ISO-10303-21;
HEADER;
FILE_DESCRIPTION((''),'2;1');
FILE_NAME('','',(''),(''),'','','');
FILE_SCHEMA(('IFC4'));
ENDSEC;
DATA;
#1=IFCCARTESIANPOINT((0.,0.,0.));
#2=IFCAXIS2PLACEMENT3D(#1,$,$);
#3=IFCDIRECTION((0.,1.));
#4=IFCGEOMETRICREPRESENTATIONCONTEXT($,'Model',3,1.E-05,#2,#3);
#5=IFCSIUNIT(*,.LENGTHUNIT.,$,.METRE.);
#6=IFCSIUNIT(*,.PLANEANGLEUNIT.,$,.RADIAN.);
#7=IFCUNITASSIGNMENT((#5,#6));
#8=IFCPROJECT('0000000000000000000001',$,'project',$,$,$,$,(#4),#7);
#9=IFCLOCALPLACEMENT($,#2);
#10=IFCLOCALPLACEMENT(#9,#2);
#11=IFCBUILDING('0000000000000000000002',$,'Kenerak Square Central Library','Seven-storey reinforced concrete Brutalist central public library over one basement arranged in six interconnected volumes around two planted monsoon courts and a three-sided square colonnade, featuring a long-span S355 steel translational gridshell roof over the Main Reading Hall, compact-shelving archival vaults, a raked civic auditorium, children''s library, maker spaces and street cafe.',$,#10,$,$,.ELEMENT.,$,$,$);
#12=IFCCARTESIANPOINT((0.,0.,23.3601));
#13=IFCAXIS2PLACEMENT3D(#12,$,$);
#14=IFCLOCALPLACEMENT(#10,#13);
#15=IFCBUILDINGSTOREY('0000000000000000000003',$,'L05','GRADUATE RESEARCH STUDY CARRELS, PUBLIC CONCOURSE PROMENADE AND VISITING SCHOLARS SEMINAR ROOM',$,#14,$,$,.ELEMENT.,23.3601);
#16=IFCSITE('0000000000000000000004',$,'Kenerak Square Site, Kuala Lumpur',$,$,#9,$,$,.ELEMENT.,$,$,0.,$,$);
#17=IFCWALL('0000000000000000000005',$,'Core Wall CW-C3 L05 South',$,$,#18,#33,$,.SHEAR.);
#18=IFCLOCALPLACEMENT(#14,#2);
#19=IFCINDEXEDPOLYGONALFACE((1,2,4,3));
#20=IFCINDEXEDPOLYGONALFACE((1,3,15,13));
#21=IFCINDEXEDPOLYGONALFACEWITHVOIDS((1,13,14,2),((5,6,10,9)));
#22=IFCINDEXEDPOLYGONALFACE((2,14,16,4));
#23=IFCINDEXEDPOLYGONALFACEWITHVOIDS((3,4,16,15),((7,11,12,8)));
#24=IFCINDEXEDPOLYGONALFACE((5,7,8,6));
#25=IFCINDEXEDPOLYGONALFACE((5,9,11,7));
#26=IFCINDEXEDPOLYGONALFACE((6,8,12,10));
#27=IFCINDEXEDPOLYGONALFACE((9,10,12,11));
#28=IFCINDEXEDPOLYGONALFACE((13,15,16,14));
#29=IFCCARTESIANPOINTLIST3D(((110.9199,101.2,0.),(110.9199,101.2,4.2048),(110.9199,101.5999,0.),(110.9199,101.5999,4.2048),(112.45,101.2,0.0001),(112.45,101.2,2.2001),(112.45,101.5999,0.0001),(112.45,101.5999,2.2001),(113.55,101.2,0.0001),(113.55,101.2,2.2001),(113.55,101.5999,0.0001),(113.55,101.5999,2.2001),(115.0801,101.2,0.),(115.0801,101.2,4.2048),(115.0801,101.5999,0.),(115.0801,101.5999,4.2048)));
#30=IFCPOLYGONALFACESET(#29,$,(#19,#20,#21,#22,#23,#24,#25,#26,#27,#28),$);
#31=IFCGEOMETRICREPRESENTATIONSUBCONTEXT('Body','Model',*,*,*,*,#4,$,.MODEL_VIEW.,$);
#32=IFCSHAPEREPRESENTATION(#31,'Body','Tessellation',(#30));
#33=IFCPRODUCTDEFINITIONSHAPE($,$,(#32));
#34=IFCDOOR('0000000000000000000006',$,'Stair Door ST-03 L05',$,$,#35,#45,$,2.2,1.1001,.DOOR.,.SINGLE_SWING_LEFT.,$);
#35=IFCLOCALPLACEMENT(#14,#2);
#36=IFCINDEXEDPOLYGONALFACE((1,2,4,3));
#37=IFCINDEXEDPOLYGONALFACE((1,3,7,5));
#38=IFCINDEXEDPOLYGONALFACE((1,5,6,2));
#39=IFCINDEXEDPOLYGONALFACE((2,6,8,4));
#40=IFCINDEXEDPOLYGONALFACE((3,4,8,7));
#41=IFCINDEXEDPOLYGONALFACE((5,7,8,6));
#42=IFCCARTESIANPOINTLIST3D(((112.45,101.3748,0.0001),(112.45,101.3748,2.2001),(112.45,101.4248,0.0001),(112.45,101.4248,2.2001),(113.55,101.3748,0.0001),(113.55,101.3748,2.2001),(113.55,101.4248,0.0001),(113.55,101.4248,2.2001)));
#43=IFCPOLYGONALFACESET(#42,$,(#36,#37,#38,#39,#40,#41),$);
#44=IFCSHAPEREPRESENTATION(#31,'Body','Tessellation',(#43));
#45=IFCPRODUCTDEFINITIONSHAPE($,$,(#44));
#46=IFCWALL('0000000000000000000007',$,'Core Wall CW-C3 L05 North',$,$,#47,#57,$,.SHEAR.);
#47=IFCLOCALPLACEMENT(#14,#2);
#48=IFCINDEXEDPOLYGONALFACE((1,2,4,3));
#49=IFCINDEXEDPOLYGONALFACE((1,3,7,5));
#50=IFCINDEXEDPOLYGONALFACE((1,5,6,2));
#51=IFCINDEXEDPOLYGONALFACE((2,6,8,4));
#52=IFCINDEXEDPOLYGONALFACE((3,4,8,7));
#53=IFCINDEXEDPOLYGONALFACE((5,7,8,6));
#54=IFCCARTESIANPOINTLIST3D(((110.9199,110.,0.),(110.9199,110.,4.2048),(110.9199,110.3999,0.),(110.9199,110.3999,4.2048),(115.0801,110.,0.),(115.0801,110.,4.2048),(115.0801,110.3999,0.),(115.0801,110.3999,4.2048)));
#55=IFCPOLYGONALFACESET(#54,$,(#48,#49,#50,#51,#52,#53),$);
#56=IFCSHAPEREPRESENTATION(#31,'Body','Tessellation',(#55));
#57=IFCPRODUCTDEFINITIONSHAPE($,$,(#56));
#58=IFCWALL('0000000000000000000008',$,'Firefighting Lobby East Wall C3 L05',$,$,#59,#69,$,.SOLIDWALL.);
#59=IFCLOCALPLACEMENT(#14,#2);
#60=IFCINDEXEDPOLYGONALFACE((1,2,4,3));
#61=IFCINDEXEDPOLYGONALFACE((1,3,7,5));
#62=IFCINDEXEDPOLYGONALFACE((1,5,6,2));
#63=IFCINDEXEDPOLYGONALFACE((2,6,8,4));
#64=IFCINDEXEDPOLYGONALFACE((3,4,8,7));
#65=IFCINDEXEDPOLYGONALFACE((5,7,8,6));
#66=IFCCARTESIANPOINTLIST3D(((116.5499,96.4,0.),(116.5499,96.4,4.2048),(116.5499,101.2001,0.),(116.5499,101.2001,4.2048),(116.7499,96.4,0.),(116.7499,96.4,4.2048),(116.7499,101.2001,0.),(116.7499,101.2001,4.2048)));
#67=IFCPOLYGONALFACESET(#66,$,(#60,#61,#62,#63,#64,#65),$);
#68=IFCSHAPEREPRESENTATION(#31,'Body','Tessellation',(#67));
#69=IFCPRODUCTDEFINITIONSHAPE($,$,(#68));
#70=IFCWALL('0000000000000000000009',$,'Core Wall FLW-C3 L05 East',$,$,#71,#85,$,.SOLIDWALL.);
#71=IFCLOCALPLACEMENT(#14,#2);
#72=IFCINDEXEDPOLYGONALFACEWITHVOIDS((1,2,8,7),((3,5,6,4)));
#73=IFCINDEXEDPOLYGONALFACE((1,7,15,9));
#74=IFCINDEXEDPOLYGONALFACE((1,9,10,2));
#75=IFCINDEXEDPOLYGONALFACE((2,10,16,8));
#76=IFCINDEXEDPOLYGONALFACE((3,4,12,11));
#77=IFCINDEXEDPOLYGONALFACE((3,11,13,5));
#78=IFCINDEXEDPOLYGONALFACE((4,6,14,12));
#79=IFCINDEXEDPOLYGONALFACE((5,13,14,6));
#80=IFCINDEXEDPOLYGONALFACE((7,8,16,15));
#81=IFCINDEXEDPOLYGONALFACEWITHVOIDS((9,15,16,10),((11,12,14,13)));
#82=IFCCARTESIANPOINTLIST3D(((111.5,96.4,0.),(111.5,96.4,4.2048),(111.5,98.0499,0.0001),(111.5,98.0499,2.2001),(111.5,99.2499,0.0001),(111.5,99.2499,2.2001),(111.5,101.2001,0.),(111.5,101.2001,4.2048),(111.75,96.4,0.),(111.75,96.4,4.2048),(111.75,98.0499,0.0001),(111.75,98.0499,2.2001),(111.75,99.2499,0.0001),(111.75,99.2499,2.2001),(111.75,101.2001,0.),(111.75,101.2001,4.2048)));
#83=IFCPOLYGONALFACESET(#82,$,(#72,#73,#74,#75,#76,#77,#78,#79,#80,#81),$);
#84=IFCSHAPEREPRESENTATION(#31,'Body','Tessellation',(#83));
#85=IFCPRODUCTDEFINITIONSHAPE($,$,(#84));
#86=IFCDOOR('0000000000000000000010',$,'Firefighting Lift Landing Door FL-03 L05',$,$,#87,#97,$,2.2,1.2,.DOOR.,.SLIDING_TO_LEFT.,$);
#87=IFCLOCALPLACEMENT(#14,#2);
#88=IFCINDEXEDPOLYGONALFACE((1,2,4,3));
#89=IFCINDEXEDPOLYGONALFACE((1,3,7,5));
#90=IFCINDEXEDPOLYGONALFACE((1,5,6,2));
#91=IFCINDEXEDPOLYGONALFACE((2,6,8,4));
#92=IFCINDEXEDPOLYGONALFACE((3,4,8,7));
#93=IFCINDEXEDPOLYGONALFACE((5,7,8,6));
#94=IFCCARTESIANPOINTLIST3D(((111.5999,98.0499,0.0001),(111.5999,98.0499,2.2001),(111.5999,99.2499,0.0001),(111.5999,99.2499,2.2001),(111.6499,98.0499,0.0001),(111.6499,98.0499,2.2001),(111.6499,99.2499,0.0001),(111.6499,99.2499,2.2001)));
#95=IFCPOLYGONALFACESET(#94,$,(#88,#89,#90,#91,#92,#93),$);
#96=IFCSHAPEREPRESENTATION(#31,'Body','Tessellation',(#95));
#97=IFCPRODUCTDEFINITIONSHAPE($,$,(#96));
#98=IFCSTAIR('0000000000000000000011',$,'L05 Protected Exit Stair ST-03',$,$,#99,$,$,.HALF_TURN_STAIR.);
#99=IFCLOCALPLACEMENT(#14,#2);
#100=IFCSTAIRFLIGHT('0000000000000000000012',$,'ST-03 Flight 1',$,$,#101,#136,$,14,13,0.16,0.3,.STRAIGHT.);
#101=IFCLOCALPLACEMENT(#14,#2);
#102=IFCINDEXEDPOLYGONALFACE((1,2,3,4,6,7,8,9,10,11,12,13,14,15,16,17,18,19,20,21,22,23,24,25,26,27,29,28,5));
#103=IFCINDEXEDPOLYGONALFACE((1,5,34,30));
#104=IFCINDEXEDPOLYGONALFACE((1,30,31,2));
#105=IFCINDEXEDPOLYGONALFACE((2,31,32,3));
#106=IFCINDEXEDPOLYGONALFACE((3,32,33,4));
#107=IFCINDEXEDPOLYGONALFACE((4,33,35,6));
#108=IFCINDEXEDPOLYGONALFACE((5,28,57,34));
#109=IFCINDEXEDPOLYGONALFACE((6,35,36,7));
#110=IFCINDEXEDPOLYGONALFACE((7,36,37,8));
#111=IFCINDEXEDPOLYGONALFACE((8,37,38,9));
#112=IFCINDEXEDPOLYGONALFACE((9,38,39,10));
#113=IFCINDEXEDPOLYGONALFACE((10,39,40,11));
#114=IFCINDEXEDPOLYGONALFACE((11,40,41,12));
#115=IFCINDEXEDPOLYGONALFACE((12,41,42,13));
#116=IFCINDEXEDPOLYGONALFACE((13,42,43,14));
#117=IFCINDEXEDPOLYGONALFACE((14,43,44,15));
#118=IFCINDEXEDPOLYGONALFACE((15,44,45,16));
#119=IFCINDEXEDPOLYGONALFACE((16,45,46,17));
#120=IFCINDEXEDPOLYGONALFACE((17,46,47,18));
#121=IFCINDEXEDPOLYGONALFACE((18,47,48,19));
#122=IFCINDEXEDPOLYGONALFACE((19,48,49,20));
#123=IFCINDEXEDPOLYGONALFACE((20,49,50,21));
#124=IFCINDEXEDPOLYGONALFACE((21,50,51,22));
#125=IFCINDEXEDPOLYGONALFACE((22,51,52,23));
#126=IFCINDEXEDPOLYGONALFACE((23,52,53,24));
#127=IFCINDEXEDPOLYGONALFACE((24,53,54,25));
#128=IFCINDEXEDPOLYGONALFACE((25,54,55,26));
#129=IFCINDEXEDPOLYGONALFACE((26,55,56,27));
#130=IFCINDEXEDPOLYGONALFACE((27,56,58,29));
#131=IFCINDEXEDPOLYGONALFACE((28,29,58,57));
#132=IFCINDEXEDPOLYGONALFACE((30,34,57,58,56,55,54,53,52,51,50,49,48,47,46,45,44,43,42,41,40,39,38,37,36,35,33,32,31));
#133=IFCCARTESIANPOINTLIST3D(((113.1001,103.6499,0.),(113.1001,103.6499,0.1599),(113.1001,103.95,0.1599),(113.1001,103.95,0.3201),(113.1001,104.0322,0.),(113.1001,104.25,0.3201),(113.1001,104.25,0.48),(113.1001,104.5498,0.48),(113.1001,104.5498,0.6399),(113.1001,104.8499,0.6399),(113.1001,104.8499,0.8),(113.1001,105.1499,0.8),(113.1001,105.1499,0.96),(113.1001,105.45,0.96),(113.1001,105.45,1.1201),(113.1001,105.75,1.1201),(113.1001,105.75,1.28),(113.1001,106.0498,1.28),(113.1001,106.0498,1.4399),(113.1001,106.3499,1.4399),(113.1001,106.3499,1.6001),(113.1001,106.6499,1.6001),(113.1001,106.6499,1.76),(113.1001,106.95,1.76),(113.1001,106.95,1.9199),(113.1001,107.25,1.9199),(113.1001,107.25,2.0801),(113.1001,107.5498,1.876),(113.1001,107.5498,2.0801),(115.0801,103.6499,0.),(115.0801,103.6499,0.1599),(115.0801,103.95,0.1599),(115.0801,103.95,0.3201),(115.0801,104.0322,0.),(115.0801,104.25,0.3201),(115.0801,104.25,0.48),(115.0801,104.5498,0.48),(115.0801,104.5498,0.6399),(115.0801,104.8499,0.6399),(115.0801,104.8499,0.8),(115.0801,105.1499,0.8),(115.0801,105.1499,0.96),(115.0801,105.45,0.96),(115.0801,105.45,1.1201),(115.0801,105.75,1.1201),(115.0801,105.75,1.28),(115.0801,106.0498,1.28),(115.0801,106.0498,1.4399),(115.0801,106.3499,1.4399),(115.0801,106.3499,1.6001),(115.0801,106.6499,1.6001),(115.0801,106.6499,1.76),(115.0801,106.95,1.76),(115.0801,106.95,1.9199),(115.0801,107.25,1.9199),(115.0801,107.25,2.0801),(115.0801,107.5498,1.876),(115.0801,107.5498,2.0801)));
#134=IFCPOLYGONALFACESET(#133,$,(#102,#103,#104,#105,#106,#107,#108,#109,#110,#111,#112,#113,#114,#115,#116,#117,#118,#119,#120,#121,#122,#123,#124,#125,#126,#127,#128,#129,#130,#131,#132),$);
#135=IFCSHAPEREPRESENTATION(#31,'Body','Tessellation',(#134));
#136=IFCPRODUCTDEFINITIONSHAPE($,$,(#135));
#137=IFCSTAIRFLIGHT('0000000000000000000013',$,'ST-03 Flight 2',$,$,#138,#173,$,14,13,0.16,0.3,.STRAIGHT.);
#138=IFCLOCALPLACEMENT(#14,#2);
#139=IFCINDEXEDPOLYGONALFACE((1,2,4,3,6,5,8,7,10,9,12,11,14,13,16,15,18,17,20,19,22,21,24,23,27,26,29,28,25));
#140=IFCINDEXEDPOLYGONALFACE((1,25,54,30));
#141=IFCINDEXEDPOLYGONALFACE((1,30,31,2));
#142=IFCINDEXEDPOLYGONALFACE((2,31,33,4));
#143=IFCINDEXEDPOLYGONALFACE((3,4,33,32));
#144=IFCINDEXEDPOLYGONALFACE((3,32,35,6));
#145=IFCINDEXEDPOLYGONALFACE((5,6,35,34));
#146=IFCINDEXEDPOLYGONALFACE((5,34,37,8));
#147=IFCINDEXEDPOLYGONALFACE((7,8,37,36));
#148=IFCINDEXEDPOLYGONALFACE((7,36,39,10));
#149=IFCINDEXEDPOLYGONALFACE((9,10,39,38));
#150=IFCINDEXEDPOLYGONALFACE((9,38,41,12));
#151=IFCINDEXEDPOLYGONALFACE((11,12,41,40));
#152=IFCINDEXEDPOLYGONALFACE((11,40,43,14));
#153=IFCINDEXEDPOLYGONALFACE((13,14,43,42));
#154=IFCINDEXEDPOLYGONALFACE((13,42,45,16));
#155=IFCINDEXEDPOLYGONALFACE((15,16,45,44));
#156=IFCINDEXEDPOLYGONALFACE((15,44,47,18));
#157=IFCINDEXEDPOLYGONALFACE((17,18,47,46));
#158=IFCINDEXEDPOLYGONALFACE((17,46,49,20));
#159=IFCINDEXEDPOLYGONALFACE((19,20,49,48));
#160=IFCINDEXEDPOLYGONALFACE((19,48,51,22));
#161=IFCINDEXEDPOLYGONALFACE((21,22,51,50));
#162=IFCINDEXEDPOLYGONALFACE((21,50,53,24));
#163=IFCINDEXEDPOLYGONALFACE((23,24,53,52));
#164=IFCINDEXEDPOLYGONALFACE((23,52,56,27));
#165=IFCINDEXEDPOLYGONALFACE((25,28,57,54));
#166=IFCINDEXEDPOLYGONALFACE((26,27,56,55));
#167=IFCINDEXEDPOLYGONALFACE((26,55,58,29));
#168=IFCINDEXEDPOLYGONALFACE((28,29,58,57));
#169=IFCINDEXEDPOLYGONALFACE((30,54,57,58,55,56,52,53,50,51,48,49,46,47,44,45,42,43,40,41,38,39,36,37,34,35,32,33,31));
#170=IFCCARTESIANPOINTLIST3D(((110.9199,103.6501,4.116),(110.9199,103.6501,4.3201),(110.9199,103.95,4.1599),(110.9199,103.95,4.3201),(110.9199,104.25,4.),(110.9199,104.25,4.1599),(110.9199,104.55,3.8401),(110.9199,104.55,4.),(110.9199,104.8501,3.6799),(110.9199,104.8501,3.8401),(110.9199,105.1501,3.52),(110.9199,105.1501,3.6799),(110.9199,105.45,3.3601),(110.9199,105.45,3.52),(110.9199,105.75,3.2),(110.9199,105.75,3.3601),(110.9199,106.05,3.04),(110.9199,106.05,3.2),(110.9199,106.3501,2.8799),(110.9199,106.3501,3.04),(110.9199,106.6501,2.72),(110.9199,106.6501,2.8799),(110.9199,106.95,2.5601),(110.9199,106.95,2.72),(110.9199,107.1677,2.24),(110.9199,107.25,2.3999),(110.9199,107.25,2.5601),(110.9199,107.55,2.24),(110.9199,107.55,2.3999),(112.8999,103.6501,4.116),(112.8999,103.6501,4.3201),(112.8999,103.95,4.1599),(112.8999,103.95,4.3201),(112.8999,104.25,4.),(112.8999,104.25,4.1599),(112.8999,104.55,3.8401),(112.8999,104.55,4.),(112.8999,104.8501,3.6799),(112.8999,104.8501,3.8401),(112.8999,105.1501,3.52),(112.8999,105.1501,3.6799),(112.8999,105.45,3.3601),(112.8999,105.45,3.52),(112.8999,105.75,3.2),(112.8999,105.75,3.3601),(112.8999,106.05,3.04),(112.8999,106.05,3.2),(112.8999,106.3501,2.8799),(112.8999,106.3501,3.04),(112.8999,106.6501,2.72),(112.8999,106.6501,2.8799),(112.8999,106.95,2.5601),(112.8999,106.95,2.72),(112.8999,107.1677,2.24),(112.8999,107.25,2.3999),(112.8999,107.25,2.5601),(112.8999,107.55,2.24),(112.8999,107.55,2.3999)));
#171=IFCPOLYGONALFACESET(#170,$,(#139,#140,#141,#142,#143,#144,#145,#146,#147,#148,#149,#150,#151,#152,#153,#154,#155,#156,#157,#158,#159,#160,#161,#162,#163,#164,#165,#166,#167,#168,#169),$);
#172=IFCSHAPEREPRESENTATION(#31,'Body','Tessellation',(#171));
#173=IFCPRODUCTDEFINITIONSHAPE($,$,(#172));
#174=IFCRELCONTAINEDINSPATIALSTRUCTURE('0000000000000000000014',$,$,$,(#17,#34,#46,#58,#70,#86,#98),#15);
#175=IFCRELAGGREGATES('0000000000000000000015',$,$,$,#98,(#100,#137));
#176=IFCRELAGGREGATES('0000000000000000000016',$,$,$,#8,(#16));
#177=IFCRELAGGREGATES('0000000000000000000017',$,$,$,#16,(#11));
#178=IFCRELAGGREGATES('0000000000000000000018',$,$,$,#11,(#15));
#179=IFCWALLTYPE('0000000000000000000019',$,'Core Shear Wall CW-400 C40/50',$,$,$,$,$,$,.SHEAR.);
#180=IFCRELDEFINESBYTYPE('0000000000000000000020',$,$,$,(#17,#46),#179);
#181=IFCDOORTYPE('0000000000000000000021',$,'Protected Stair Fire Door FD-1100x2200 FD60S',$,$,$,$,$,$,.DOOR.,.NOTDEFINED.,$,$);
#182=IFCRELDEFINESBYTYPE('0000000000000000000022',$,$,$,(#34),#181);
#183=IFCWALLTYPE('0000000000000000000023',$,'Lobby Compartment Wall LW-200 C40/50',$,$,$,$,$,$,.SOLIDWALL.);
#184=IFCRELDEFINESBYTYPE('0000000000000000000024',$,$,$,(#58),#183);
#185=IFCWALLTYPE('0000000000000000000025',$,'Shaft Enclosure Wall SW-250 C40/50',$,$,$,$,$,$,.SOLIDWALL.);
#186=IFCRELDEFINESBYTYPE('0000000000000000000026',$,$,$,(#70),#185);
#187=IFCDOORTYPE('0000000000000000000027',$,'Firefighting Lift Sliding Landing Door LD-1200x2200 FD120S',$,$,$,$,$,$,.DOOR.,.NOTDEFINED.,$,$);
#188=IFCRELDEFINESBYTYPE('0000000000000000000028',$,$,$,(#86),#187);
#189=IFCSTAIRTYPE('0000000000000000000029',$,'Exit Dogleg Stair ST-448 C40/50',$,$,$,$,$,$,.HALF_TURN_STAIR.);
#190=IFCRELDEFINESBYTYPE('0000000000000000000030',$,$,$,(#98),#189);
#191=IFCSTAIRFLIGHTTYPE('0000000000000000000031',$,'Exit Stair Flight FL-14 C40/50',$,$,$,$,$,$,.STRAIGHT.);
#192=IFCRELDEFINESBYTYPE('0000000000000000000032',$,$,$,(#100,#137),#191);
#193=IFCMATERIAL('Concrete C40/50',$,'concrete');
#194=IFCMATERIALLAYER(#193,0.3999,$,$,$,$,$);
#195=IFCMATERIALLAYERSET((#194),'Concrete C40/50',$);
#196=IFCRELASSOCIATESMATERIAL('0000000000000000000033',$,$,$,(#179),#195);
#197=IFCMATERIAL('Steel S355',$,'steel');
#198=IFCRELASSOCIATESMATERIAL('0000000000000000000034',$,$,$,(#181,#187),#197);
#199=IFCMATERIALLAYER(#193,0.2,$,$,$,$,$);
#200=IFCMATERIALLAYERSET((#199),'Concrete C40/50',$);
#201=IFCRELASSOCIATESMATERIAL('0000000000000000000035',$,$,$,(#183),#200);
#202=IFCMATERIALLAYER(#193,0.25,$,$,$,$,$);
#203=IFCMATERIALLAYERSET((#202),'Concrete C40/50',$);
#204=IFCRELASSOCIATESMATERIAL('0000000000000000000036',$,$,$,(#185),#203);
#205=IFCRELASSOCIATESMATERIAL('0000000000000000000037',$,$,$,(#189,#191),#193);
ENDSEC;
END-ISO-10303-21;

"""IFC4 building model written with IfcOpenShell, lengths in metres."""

from ifc_helpers import new_model, si_unit, direction, frame, frame_2d, origin, place, context, subcontext, project, spatial, polyline, rectangle, outline, extrude, material, layer, layer_set, type_object, element, fill, aggregate, save


model = new_model("IFC4")

# Units and contexts
model_context = context("Model", 3, precision=1e-05, world=origin(), true_north=direction((0.0, 1.0)))
body_context = subcontext(model_context, "Body", "Model", "MODEL_VIEW")
ifc_project = project(units=[si_unit("LENGTHUNIT", "METRE"), si_unit("PLANEANGLEUNIT", "RADIAN")], contexts=[model_context])

# Site, building, storey
site_placement = place(None, origin())
site = spatial("IfcSite", under=ifc_project, at=site_placement, Name="Kenerak Square Site, Kuala Lumpur", CompositionType="ELEMENT", RefElevation=0.0)
building_placement = place(site_placement, origin())
building = spatial("IfcBuilding", under=site, at=building_placement, Name="Kenerak Square Central Library", Description="Seven-storey reinforced concrete Brutalist central public library over one basement arranged in six interconnected volumes around two planted monsoon courts and a three-sided square colonnade, featuring a long-span S355 steel translational gridshell roof over the Main Reading Hall, compact-shelving archival vaults, a raked civic auditorium, children's library, maker spaces and street cafe.", CompositionType="ELEMENT")
storey_placement = place(building_placement, frame((0.0, 0.0, 23.3601)))
storey = spatial("IfcBuildingStorey", under=building, at=storey_placement, Name="L05", Description="GRADUATE RESEARCH STUDY CARRELS, PUBLIC CONCOURSE PROMENADE AND VISITING SCHOLARS SEMINAR ROOM", CompositionType="ELEMENT", Elevation=23.3601)

# Shared definitions
ifc_material_1 = material(Name="Concrete C40/50", Category="concrete")

# Shared definitions
ifc_layer_1 = layer(ifc_material_1, 0.3999)
ifc_layer_set_1 = layer_set([ifc_layer_1], Name="Concrete C40/50")
wall_type_1 = type_object("IfcWallType", Name="Core Shear Wall CW-400 C40/50", PredefinedType="SHEAR", material=ifc_layer_set_1)

# Wall, opening, door
wall_1_placement = place(storey_placement, frame((115.0801, 101.3999, 0.0), z_axis=(0.0, 0.0, 1.0), x_axis=(-1.0, 0.0, 0.0)))
wall_1 = element("IfcWall", 1, at=wall_1_placement, inside=storey, type_object=wall_type_1, Name="Core Wall CW-C3 L05 South", PredefinedType="SHEAR", context=body_context, shape_type="SweptSolid", body=[
    extrude(rectangle(XDim=4.1602, YDim=0.3999, at=frame_2d((2.0801, 0.0))), origin(), (0.0, 0.0, 1.0), 4.2048),
])
opening_1_placement = place(wall_1_placement, frame((1.53, 0.0, 0.0)))
opening_1 = element("IfcOpeningElement", 2, at=opening_1_placement, cuts=wall_1, PredefinedType="OPENING", context=body_context, shape_type="SweptSolid", body=[
    extrude(rectangle(XDim=1.1001, YDim=2.2, at=frame_2d((0.55, 1.1001))), frame((0.0, 0.21, 0.0), z_axis=(0.0, -1.0, 0.0), x_axis=(1.0, 0.0, 0.0)), (0.0, 0.0, 1.0), 0.4199),
])
ifc_material_2 = material(Name="Steel S355", Category="steel")
door_type_1 = type_object("IfcDoorType", Name="Protected Stair Fire Door FD-1100x2200 FD60S", OperationType="NOTDEFINED", PredefinedType="DOOR", material=ifc_material_2)
door_1_placement = place(opening_1_placement, frame((1.1001, 0.0, 0.0), z_axis=(0.0, 0.0, 1.0), x_axis=(-1.0, 0.0, 0.0)))
door_1 = element("IfcDoor", 3, at=door_1_placement, inside=storey, type_object=door_type_1, Name="Stair Door ST-03 L05", OperationType="SINGLE_SWING_LEFT", OverallHeight=2.2, OverallWidth=1.1001, PredefinedType="DOOR", context=body_context, shape_type="SweptSolid", body=[
    extrude(rectangle(XDim=1.1001, YDim=2.2, at=frame_2d((0.55, 1.1001))), frame((0.0, 0.0249, 0.0), z_axis=(0.0, -1.0, 0.0), x_axis=(1.0, 0.0, 0.0)), (0.0, 0.0, 1.0), 0.05),
])
fill(opening_1, door_1)

# Walls
wall_2_placement = place(storey_placement, frame((110.9199, 110.2, 0.0), z_axis=(0.0, 0.0, 1.0), x_axis=(1.0, 0.0, 0.0)))
element("IfcWall", 4, at=wall_2_placement, inside=storey, type_object=wall_type_1, Name="Core Wall CW-C3 L05 North", PredefinedType="SHEAR", context=body_context, shape_type="SweptSolid", body=[
    extrude(rectangle(XDim=4.1602, YDim=0.3999, at=frame_2d((2.0801, 0.0))), origin(), (0.0, 0.0, 1.0), 4.2048),
])
ifc_layer_2 = layer(ifc_material_1, 0.2)
ifc_layer_set_2 = layer_set([ifc_layer_2], Name="Concrete C40/50")
wall_type_2 = type_object("IfcWallType", Name="Lobby Compartment Wall LW-200 C40/50", PredefinedType="SOLIDWALL", material=ifc_layer_set_2)
wall_3_placement = place(storey_placement, frame((116.6499, 101.2, 0.0), z_axis=(0.0, 0.0, 1.0), x_axis=(0.0, -1.0, 0.0)))
element("IfcWall", 5, at=wall_3_placement, inside=storey, type_object=wall_type_2, Name="Firefighting Lobby East Wall C3 L05", PredefinedType="SOLIDWALL", context=body_context, shape_type="SweptSolid", body=[
    extrude(rectangle(XDim=4.8, YDim=0.2, at=frame_2d((2.3999, 0.0))), origin(), (0.0, 0.0, 1.0), 4.2048),
])

# Wall, opening, door
ifc_layer_3 = layer(ifc_material_1, 0.25)
ifc_layer_set_3 = layer_set([ifc_layer_3], Name="Concrete C40/50")
wall_type_3 = type_object("IfcWallType", Name="Shaft Enclosure Wall SW-250 C40/50", PredefinedType="SOLIDWALL", material=ifc_layer_set_3)
wall_4_placement = place(storey_placement, frame((111.625, 101.2, 0.0), z_axis=(0.0, 0.0, 1.0), x_axis=(0.0, -1.0, 0.0)))
wall_4 = element("IfcWall", 6, at=wall_4_placement, inside=storey, type_object=wall_type_3, Name="Core Wall FLW-C3 L05 East", PredefinedType="SOLIDWALL", context=body_context, shape_type="SweptSolid", body=[
    extrude(rectangle(XDim=4.8, YDim=0.25, at=frame_2d((2.3999, 0.0))), origin(), (0.0, 0.0, 1.0), 4.2048),
])
opening_2_placement = place(wall_4_placement, frame((1.95, 0.0, 0.0)))
opening_2 = element("IfcOpeningElement", 7, at=opening_2_placement, cuts=wall_4, PredefinedType="OPENING", context=body_context, shape_type="SweptSolid", body=[
    extrude(rectangle(XDim=1.2, YDim=2.2, at=frame_2d((0.6001, 1.1001))), frame((0.0, 0.135, 0.0), z_axis=(0.0, -1.0, 0.0), x_axis=(1.0, 0.0, 0.0)), (0.0, 0.0, 1.0), 0.27),
])
door_type_2 = type_object("IfcDoorType", Name="Firefighting Lift Sliding Landing Door LD-1200x2200 FD120S", OperationType="NOTDEFINED", PredefinedType="DOOR", material=ifc_material_2)
door_2_placement = place(opening_2_placement, origin())
door_2 = element("IfcDoor", 8, at=door_2_placement, inside=storey, type_object=door_type_2, Name="Firefighting Lift Landing Door FL-03 L05", OperationType="SLIDING_TO_LEFT", OverallHeight=2.2, OverallWidth=1.2, PredefinedType="DOOR", context=body_context, shape_type="SweptSolid", body=[
    extrude(rectangle(XDim=1.2, YDim=2.2, at=frame_2d((0.6001, 1.1001))), frame((0.0, 0.0249, 0.0), z_axis=(0.0, -1.0, 0.0), x_axis=(1.0, 0.0, 0.0)), (0.0, 0.0, 1.0), 0.05),
])
fill(opening_2, door_2)

# Stair, stair flights
stair_type = type_object("IfcStairType", Name="Exit Dogleg Stair ST-448 C40/50", PredefinedType="HALF_TURN_STAIR", material=ifc_material_1)
stair_placement = place(storey_placement, origin())
stair = element("IfcStair", 9, at=stair_placement, inside=storey, type_object=stair_type, Name="L05 Protected Exit Stair ST-03", PredefinedType="HALF_TURN_STAIR")
stair_flight_type = type_object("IfcStairFlightType", Name="Exit Stair Flight FL-14 C40/50", PredefinedType="STRAIGHT", material=ifc_material_1)
stair_flight_1_placement = place(storey_placement, frame((114.0901, 103.6499, 0.0), z_axis=(0.0, 0.0, 1.0), x_axis=(0.0, 1.0, 0.0)))
stair_flight_1 = element("IfcStairFlight", 10, at=stair_flight_1_placement, type_object=stair_flight_type, Name="ST-03 Flight 1", NumberOfRisers=14, NumberOfTreads=13, PredefinedType="STRAIGHT", RiserHeight=0.16, TreadLength=0.3, context=body_context, shape_type="SweptSolid", body=[
    extrude(outline(polyline([(0.0, 0.0), (0.0, 0.1599), (0.3, 0.1599), (0.3, 0.3201), (0.6001, 0.3201), (0.6001, 0.48), (0.8999, 0.48), (0.8999, 0.6399), (1.2, 0.6399), (1.2, 0.8), (1.5, 0.8), (1.5, 0.96), (1.8, 0.96), (1.8, 1.1201), (2.1001, 1.1201), (2.1001, 1.28), (2.3999, 1.28), (2.3999, 1.4399), (2.7, 1.4399), (2.7, 1.6001), (3.0, 1.6001), (3.0, 1.76), (3.3, 1.76), (3.3, 1.9199), (3.6001, 1.9199), (3.6001, 2.0801), (3.8999, 2.0801), (3.8999, 2.24), (3.8999, 1.876), (0.3823, 0.0), (0.0, 0.0)])), frame((0.0, 0.99, 0.0), z_axis=(0.0, -1.0, 0.0), x_axis=(1.0, 0.0, 0.0)), (0.0, 0.0, 1.0), 1.98),
])
stair_flight_2_placement = place(storey_placement, frame((111.9099, 107.55, 2.24), z_axis=(0.0, 0.0, 1.0), x_axis=(0.0, -1.0, 0.0)))
stair_flight_2 = element("IfcStairFlight", 11, at=stair_flight_2_placement, type_object=stair_flight_type, Name="ST-03 Flight 2", NumberOfRisers=14, NumberOfTreads=13, PredefinedType="STRAIGHT", RiserHeight=0.16, TreadLength=0.3, context=body_context, shape_type="SweptSolid", body=[
    extrude(outline(polyline([(0.0, 0.0), (0.0, 0.1599), (0.3, 0.1599), (0.3, 0.3201), (0.6001, 0.3201), (0.6001, 0.48), (0.8999, 0.48), (0.8999, 0.6399), (1.2, 0.6399), (1.2, 0.8), (1.5, 0.8), (1.5, 0.96), (1.8, 0.96), (1.8, 1.1201), (2.1001, 1.1201), (2.1001, 1.28), (2.3999, 1.28), (2.3999, 1.4399), (2.7, 1.4399), (2.7, 1.6001), (3.0, 1.6001), (3.0, 1.76), (3.3, 1.76), (3.3, 1.9199), (3.6001, 1.9199), (3.6001, 2.0801), (3.8999, 2.0801), (3.8999, 2.24), (3.8999, 1.876), (0.3823, 0.0), (0.0, 0.0)])), frame((0.0, 0.99, 0.0), z_axis=(0.0, -1.0, 0.0), x_axis=(1.0, 0.0, 0.0)), (0.0, 0.0, 1.0), 1.98),
])
aggregate(stair, [stair_flight_1, stair_flight_2])

save(model, "model.ifc")
